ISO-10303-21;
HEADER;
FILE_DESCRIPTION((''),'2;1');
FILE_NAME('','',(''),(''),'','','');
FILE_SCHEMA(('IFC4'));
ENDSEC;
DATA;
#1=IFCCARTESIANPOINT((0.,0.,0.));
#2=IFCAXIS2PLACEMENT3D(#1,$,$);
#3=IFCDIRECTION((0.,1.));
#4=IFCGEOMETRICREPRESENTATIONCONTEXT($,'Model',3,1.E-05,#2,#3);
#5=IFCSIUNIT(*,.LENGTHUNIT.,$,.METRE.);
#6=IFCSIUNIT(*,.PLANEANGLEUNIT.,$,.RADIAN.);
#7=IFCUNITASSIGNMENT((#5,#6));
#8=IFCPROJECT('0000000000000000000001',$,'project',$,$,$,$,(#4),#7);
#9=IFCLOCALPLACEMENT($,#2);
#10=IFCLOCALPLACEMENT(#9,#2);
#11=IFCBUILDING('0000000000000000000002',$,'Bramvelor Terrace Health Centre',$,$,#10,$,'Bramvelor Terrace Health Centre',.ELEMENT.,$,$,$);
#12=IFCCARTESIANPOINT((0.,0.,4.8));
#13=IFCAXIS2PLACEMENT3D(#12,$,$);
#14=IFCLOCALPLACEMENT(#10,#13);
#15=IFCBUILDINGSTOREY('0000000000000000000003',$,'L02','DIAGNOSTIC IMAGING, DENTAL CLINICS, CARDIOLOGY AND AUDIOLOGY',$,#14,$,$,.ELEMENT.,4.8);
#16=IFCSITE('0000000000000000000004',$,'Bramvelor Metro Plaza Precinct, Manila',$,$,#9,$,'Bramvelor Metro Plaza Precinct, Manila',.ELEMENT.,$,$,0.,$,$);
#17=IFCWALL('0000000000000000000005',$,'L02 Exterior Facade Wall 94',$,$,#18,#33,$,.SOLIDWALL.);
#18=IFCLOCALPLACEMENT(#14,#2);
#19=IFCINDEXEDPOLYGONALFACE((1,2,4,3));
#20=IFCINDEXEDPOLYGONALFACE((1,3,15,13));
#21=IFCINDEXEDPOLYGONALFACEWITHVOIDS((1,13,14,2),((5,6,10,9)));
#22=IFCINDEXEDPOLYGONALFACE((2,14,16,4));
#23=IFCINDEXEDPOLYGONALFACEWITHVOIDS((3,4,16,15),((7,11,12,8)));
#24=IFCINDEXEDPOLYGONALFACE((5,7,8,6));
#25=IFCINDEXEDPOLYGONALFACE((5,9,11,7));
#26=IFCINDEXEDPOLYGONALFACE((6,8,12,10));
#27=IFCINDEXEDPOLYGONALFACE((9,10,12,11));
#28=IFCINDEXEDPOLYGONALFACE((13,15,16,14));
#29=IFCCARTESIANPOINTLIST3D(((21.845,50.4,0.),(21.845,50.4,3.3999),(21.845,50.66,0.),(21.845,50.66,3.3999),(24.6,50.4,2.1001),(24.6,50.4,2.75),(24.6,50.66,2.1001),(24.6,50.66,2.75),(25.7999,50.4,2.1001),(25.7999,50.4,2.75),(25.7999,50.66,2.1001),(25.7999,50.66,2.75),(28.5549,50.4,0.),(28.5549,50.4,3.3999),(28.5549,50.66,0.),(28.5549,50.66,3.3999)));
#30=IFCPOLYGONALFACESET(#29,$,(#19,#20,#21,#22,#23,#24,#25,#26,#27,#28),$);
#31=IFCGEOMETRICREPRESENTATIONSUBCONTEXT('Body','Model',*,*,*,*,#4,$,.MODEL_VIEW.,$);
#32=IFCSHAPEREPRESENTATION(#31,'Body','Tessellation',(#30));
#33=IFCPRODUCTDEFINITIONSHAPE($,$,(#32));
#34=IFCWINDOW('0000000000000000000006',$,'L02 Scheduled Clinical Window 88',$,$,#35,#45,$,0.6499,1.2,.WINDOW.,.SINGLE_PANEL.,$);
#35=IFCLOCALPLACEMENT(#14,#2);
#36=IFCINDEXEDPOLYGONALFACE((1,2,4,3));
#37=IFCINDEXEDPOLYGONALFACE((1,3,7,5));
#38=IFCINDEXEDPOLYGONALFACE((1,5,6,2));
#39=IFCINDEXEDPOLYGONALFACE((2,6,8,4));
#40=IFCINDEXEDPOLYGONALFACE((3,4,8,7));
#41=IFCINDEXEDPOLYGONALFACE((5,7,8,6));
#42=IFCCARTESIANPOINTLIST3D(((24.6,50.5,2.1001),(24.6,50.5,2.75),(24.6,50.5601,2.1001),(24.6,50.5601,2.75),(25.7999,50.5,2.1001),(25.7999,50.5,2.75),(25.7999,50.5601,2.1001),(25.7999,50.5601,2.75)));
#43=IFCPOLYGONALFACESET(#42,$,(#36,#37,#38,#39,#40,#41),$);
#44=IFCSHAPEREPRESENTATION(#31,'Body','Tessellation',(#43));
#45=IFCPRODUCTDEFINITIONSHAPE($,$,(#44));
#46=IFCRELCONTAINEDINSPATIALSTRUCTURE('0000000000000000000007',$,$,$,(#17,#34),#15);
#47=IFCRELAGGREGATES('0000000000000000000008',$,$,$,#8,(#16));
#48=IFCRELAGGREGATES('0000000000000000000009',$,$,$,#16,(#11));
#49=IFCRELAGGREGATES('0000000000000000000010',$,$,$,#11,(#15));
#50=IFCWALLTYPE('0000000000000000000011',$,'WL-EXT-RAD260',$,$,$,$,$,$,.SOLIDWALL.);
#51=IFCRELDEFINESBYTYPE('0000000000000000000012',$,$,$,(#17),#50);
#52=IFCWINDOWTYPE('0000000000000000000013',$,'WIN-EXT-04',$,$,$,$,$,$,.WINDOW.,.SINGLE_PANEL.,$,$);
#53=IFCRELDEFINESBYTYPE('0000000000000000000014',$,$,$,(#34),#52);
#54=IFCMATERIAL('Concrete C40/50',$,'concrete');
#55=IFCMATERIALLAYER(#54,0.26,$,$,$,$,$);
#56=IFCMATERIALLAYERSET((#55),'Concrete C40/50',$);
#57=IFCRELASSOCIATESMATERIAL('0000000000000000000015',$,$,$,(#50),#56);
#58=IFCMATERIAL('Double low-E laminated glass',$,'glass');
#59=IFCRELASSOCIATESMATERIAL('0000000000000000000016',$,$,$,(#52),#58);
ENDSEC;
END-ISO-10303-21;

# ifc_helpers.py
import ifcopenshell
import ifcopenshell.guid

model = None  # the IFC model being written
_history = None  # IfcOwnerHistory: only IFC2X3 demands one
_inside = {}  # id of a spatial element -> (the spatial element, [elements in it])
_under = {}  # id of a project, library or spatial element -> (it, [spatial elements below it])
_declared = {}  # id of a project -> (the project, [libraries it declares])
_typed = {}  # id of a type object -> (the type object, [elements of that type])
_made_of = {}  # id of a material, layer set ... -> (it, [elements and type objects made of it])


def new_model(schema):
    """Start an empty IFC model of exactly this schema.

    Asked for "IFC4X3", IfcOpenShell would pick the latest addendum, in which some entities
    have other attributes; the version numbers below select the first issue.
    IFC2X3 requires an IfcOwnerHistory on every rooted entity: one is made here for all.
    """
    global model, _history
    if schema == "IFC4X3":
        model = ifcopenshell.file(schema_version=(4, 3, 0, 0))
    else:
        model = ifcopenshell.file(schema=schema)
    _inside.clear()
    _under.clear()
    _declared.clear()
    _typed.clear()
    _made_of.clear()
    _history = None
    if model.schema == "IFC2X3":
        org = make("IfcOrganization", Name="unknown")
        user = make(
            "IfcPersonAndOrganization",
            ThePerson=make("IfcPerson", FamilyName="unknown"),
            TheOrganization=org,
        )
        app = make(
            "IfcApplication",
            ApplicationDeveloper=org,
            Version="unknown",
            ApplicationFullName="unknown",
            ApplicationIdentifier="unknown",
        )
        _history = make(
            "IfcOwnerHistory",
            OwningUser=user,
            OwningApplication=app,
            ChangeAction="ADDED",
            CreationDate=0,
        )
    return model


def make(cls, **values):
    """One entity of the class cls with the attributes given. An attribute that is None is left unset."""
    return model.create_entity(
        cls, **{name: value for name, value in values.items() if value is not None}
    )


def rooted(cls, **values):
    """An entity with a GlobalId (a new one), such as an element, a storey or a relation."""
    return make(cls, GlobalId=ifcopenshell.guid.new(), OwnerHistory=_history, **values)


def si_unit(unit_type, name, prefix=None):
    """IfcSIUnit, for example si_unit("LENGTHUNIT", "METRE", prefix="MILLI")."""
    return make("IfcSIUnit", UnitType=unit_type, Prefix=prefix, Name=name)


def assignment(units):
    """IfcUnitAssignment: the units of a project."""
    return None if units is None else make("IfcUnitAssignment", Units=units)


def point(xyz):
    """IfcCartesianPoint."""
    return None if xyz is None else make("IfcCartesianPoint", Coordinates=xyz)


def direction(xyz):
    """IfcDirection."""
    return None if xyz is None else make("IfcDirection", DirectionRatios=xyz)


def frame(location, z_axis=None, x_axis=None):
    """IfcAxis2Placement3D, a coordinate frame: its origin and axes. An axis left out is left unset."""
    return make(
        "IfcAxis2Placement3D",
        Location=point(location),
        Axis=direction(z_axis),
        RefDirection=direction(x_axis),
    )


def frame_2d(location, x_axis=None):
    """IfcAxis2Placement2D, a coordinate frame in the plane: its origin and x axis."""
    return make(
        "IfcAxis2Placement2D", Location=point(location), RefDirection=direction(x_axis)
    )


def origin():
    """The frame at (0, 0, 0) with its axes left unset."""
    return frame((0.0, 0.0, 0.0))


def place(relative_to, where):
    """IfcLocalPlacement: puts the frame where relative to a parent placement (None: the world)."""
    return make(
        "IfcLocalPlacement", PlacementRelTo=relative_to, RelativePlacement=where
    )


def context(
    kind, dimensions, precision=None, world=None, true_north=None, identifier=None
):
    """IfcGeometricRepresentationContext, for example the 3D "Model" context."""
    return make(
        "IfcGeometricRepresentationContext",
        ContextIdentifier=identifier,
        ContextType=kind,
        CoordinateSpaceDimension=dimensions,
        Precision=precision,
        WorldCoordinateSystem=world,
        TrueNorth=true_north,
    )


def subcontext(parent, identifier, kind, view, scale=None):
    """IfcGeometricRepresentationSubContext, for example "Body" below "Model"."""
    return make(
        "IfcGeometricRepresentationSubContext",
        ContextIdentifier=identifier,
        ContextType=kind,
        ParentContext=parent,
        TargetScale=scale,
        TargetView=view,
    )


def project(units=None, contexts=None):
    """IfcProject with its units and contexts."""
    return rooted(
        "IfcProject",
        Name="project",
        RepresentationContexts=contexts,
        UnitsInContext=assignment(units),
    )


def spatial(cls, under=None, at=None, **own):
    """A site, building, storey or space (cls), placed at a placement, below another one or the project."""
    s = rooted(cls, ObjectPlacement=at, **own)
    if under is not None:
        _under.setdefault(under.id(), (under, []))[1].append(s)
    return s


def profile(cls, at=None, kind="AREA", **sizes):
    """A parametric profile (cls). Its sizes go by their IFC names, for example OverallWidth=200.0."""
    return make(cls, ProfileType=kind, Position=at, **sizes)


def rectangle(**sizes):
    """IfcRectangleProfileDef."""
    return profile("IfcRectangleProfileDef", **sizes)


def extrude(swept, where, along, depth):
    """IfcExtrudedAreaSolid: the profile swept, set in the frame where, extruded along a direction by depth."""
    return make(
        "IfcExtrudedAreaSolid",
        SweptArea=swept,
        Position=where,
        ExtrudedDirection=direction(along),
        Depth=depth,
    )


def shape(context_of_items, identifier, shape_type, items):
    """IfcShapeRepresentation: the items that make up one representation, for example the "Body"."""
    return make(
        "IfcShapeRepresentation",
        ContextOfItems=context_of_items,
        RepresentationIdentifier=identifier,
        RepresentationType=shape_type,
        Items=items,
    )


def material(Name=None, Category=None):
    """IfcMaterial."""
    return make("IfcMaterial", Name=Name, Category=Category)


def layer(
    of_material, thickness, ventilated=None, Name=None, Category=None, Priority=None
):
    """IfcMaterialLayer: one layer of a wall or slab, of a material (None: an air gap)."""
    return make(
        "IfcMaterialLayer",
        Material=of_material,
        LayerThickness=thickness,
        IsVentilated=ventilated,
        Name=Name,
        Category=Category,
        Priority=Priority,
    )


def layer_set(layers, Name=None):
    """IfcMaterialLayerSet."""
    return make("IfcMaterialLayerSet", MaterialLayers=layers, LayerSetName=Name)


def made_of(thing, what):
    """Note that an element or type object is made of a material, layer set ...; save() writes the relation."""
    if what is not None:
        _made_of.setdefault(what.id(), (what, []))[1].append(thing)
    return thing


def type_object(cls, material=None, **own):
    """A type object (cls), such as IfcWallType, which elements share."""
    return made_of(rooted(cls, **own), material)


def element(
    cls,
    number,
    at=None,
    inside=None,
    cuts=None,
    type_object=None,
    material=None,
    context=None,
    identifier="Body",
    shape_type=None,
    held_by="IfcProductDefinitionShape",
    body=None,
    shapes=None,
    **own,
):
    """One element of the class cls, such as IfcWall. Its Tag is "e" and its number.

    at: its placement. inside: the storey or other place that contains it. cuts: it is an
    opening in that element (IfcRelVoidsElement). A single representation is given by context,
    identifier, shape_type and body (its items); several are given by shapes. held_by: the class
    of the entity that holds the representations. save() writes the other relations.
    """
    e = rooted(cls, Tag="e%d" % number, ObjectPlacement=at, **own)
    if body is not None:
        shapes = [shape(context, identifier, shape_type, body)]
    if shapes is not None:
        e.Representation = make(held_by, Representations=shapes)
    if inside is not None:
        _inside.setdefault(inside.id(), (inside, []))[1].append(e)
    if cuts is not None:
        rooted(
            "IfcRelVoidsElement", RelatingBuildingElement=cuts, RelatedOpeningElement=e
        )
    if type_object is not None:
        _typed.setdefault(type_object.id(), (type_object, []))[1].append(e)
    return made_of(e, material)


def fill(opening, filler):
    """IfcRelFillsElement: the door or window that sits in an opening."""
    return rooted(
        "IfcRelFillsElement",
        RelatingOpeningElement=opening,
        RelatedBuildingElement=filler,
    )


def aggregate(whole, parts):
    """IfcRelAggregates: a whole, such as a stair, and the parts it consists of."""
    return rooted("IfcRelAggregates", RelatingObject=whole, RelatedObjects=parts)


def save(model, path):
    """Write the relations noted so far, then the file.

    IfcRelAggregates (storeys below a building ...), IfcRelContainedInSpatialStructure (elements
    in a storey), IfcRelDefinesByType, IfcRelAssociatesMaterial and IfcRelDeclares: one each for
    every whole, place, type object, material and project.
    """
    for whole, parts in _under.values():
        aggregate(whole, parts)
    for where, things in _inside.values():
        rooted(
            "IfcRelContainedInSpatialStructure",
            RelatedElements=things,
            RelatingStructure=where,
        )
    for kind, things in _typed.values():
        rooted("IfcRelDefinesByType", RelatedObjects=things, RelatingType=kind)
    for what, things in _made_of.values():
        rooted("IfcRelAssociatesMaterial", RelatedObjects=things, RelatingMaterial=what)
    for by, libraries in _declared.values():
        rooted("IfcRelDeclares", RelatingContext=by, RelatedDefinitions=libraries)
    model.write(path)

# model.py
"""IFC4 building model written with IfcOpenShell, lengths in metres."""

from ifc_helpers import new_model, si_unit, direction, frame, frame_2d, origin, place, context, subcontext, project, spatial, rectangle, extrude, material, layer, layer_set, type_object, element, fill, save


model = new_model("IFC4")

# Units and contexts
model_context = context("Model", 3, precision=1e-05, world=origin(), true_north=direction((0.0, 1.0)))
body_context = subcontext(model_context, "Body", "Model", "MODEL_VIEW")
ifc_project = project(units=[si_unit("LENGTHUNIT", "METRE"), si_unit("PLANEANGLEUNIT", "RADIAN")], contexts=[model_context])

# Site, building, storey
site_placement = place(None, origin())
site = spatial("IfcSite", under=ifc_project, at=site_placement, Name="Bramvelor Metro Plaza Precinct, Manila", LongName="Bramvelor Metro Plaza Precinct, Manila", CompositionType="ELEMENT", RefElevation=0.0)
building_placement = place(site_placement, origin())
building = spatial("IfcBuilding", under=site, at=building_placement, Name="Bramvelor Terrace Health Centre", LongName="Bramvelor Terrace Health Centre", CompositionType="ELEMENT")
storey_placement = place(building_placement, frame((0.0, 0.0, 4.8)))
storey = spatial("IfcBuildingStorey", under=building, at=storey_placement, Name="L02", Description="DIAGNOSTIC IMAGING, DENTAL CLINICS, CARDIOLOGY AND AUDIOLOGY", CompositionType="ELEMENT", Elevation=4.8)

# Wall, opening, window
ifc_material_1 = material(Name="Concrete C40/50", Category="concrete")
ifc_layer_1 = layer(ifc_material_1, 0.26)
ifc_layer_set_1 = layer_set([ifc_layer_1], Name="Concrete C40/50")
wall_type = type_object("IfcWallType", Name="WL-EXT-RAD260", PredefinedType="SOLIDWALL", material=ifc_layer_set_1)
wall_placement = place(storey_placement, frame((28.5549, 50.53, 0.0), z_axis=(0.0, 0.0, 1.0), x_axis=(-1.0, 0.0, 0.0)))
wall = element("IfcWall", 1, at=wall_placement, inside=storey, type_object=wall_type, Name="L02 Exterior Facade Wall 94", PredefinedType="SOLIDWALL", context=body_context, shape_type="SweptSolid", body=[
    extrude(rectangle(XDim=6.71, YDim=0.26, at=frame_2d((3.355, 0.0))), origin(), (0.0, 0.0, 1.0), 3.3999),
])
opening_placement = place(wall_placement, frame((2.7549, 0.0, 2.1001)))
opening = element("IfcOpeningElement", 2, at=opening_placement, cuts=wall, PredefinedType="OPENING", context=body_context, shape_type="SweptSolid", body=[
    extrude(rectangle(XDim=1.2, YDim=0.6499, at=frame_2d((0.6001, 0.325))), frame((0.0, 0.1399, 0.0), z_axis=(0.0, -1.0, 0.0), x_axis=(1.0, 0.0, 0.0)), (0.0, 0.0, 1.0), 0.28),
])
ifc_material_2 = material(Name="Double low-E laminated glass", Category="glass")
window_type = type_object("IfcWindowType", Name="WIN-EXT-04", PartitioningType="SINGLE_PANEL", PredefinedType="WINDOW", material=ifc_material_2)
window_placement = place(opening_placement, origin())
window = element("IfcWindow", 3, at=window_placement, inside=storey, type_object=window_type, Name="L02 Scheduled Clinical Window 88", OverallHeight=0.6499, OverallWidth=1.2, PartitioningType="SINGLE_PANEL", PredefinedType="WINDOW", context=body_context, shape_type="SweptSolid", body=[
    extrude(rectangle(XDim=1.2, YDim=0.6499, at=frame_2d((0.6001, 0.325))), frame((0.0, 0.03, 0.0), z_axis=(0.0, -1.0, 0.0), x_axis=(1.0, 0.0, 0.0)), (0.0, 0.0, 1.0), 0.0601),
])
fill(opening, window)

save(model, "model.ifc")
